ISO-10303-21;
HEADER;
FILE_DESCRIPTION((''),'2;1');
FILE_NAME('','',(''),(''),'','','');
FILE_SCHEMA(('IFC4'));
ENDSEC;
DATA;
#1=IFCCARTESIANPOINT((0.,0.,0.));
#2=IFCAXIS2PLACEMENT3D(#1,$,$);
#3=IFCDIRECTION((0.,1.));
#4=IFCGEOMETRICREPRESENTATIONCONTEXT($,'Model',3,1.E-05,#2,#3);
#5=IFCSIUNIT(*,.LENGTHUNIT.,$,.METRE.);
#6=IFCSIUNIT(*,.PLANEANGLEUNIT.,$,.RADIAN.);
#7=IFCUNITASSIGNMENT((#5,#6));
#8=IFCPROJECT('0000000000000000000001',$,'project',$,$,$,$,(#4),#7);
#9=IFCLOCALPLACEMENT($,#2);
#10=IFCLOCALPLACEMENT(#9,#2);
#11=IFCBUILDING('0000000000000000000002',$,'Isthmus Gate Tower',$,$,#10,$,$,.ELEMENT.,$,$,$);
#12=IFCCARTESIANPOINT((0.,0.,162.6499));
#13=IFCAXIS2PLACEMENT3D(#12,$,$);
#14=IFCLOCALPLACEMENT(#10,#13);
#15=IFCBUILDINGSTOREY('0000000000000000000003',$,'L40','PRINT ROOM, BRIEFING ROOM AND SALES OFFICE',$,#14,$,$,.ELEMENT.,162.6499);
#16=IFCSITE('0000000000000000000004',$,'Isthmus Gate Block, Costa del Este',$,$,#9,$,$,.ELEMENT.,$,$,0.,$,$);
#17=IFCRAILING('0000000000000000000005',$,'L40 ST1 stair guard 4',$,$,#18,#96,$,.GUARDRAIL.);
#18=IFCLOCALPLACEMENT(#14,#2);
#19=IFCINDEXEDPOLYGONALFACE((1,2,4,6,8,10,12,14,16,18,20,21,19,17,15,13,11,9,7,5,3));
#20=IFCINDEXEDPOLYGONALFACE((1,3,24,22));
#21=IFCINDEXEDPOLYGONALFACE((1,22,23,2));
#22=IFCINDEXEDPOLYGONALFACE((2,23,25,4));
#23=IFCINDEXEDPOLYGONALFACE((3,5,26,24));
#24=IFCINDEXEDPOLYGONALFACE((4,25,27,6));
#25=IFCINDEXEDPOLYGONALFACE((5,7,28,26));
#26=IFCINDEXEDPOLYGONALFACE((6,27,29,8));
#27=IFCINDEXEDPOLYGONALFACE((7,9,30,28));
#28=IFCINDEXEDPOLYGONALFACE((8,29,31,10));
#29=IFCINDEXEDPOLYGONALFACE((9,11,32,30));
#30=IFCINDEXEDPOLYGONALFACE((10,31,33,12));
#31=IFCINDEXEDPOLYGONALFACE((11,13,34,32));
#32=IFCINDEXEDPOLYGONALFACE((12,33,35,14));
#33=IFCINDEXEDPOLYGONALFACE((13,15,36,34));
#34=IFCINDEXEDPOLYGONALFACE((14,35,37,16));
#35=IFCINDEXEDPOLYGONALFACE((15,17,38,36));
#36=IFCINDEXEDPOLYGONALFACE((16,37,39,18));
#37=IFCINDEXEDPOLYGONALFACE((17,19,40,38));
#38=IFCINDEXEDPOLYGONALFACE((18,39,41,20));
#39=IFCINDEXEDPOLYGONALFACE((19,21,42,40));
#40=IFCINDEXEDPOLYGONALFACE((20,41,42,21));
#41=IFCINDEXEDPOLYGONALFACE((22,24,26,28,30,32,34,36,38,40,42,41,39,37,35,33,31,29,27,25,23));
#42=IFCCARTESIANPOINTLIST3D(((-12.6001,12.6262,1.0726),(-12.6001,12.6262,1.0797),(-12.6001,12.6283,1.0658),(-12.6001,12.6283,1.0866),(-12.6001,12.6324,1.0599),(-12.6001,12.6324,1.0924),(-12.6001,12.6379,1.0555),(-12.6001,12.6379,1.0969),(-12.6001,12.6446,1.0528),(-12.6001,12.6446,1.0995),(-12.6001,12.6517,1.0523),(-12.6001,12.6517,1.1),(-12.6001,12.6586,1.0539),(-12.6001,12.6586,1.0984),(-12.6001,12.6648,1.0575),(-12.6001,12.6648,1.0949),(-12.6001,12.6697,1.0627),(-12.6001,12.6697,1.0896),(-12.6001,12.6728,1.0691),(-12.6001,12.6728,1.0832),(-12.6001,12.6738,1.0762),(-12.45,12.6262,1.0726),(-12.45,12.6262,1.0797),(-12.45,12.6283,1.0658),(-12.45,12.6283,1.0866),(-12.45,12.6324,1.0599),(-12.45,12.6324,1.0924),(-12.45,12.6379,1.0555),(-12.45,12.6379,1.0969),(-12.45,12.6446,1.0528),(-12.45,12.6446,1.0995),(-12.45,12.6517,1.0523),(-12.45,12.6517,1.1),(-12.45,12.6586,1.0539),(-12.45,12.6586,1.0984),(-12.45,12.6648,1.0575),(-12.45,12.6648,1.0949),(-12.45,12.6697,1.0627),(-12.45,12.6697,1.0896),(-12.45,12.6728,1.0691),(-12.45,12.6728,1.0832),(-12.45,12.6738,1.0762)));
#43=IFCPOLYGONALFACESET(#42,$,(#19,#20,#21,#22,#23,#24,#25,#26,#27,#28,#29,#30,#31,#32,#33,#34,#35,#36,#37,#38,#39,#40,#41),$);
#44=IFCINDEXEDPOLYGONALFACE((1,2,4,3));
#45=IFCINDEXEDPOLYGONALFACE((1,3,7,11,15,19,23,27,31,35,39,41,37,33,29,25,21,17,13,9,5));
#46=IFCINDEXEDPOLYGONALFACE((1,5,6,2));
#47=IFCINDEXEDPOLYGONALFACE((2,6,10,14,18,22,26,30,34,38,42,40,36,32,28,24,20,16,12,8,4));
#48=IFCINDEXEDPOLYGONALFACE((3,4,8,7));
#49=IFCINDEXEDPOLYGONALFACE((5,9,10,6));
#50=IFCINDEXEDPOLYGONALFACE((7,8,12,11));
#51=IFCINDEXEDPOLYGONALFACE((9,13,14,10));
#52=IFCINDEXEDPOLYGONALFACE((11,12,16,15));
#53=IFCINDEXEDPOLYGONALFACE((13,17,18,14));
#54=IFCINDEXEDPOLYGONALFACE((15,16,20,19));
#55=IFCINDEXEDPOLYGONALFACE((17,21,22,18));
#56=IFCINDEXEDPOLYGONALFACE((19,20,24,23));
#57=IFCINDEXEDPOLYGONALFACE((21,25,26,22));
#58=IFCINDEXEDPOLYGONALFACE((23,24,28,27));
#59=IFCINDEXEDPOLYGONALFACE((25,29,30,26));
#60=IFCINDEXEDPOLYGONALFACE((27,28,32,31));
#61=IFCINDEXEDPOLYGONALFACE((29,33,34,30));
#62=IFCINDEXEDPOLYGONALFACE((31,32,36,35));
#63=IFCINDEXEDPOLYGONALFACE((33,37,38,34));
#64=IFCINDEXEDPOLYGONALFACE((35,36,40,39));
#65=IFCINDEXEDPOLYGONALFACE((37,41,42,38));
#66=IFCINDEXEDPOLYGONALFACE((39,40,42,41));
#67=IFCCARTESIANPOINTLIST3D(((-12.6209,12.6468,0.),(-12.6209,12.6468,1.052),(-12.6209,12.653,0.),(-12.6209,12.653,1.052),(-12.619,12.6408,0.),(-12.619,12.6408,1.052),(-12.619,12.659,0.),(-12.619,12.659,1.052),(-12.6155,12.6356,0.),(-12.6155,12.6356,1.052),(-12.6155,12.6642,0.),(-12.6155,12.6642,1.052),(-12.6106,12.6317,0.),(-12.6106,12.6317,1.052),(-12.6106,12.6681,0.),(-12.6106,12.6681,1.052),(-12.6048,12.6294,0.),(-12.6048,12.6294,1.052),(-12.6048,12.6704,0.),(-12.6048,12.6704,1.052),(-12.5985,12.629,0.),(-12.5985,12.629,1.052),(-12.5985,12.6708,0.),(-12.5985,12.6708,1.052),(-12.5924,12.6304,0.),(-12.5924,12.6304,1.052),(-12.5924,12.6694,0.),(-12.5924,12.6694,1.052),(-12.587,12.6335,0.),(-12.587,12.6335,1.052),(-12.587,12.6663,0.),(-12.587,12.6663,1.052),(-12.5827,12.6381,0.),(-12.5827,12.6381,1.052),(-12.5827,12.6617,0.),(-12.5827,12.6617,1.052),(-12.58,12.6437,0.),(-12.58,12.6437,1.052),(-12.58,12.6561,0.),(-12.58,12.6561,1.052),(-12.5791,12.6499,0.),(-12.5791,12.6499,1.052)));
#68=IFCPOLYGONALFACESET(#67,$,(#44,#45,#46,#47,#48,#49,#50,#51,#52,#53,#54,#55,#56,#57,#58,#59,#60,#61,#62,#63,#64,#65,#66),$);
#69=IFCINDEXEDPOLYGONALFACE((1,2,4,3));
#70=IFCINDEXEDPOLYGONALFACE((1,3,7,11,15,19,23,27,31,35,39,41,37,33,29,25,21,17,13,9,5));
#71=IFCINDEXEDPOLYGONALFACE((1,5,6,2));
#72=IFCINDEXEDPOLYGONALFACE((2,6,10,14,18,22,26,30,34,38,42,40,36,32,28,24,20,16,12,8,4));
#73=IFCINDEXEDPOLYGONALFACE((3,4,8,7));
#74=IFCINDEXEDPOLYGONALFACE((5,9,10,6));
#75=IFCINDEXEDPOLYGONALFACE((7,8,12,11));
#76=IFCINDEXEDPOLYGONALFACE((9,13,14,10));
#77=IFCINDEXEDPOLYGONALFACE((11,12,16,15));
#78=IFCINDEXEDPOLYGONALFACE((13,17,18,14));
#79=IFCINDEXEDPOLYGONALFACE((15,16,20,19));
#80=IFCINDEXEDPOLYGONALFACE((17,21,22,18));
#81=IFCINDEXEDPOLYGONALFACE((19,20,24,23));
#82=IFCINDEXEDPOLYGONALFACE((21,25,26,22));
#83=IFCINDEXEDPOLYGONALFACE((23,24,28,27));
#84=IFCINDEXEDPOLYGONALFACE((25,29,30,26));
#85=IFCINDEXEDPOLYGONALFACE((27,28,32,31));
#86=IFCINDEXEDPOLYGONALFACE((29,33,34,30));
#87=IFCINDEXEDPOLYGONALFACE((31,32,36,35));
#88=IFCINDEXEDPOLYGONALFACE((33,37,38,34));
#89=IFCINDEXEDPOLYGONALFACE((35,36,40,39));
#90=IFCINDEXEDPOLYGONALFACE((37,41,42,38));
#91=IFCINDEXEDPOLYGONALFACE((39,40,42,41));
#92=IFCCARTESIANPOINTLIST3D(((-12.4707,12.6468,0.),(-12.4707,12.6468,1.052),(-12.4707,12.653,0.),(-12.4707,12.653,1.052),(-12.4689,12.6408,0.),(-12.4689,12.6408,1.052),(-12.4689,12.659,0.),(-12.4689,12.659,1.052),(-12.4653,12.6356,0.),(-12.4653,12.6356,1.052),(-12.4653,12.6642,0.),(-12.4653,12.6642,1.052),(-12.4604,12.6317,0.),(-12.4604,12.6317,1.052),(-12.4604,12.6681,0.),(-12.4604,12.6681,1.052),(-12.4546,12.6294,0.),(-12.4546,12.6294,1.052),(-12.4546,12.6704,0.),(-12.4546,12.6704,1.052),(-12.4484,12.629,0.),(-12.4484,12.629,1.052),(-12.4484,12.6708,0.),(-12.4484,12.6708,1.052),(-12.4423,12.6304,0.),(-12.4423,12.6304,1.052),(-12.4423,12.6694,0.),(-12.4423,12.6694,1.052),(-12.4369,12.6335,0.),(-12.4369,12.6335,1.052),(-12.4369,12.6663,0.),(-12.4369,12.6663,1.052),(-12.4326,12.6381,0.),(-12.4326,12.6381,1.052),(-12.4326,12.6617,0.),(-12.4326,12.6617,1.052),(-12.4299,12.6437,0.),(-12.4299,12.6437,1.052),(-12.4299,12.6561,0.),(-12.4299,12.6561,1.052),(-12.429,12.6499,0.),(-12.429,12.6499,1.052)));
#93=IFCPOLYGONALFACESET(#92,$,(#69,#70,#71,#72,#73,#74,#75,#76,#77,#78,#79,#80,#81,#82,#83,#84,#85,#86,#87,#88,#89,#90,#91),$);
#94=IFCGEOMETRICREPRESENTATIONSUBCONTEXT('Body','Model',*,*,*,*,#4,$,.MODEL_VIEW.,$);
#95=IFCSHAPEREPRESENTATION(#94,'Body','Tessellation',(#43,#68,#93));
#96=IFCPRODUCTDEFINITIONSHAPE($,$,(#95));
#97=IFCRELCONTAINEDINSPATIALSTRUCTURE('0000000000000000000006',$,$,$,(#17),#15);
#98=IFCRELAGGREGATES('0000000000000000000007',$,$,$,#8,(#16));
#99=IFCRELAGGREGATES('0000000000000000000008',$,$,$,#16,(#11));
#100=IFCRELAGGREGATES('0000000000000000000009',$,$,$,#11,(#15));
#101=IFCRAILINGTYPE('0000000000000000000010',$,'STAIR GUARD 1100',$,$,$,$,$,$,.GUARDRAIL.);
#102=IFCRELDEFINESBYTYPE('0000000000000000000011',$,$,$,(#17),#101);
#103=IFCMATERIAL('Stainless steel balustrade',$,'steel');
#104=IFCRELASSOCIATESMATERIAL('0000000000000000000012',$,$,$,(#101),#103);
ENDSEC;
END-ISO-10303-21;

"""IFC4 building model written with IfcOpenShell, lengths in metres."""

from ifc_helpers import new_model, si_unit, direction, frame, origin, origin_2d, place, context, subcontext, project, spatial, circle, extrude, material, type_object, element, save


model = new_model("IFC4")

# Units and contexts
model_context = context("Model", 3, precision=1e-05, world=origin(), true_north=direction((0.0, 1.0)))
body_context = subcontext(model_context, "Body", "Model", "MODEL_VIEW")
ifc_project = project(units=[si_unit("LENGTHUNIT", "METRE"), si_unit("PLANEANGLEUNIT", "RADIAN")], contexts=[model_context])

# Site, building, storey
site_placement = place(None, origin())
site = spatial("IfcSite", under=ifc_project, at=site_placement, Name="Isthmus Gate Block, Costa del Este", CompositionType="ELEMENT", RefElevation=0.0)
building_placement = place(site_placement, origin())
building = spatial("IfcBuilding", under=site, at=building_placement, Name="Isthmus Gate Tower", CompositionType="ELEMENT")
storey_placement = place(building_placement, frame((0.0, 0.0, 162.6499)))
storey = spatial("IfcBuildingStorey", under=building, at=storey_placement, Name="L40", Description="PRINT ROOM, BRIEFING ROOM AND SALES OFFICE", CompositionType="ELEMENT", Elevation=162.6499)

# Railing
ifc_material_1 = material(Name="Stainless steel balustrade", Category="steel")
railing_type_1 = type_object("IfcRailingType", Name="STAIR GUARD 1100", PredefinedType="GUARDRAIL", material=ifc_material_1)
railing_1_placement = place(storey_placement, frame((-12.6001, 12.6499, 0.0)))
element("IfcRailing", 1, at=railing_1_placement, inside=storey, type_object=railing_type_1, Name="L40 ST1 stair guard 4", PredefinedType="GUARDRAIL", context=body_context, shape_type="SweptSolid", body=[
    extrude(circle(Radius=0.0239, at=origin_2d()), frame((0.0, 0.0, 1.0762), z_axis=(1.0, 0.0, 0.0), x_axis=(0.0, 1.0, 0.0)), (0.0, 0.0, 1.0), 0.1501),
    extrude(circle(Radius=0.021, at=origin_2d()), origin(), (0.0, 0.0, 1.0), 1.052),
    extrude(circle(Radius=0.021, at=origin_2d()), frame((0.1501, 0.0, 0.0)), (0.0, 0.0, 1.0), 1.052),
])

save(model, "model.ifc")
